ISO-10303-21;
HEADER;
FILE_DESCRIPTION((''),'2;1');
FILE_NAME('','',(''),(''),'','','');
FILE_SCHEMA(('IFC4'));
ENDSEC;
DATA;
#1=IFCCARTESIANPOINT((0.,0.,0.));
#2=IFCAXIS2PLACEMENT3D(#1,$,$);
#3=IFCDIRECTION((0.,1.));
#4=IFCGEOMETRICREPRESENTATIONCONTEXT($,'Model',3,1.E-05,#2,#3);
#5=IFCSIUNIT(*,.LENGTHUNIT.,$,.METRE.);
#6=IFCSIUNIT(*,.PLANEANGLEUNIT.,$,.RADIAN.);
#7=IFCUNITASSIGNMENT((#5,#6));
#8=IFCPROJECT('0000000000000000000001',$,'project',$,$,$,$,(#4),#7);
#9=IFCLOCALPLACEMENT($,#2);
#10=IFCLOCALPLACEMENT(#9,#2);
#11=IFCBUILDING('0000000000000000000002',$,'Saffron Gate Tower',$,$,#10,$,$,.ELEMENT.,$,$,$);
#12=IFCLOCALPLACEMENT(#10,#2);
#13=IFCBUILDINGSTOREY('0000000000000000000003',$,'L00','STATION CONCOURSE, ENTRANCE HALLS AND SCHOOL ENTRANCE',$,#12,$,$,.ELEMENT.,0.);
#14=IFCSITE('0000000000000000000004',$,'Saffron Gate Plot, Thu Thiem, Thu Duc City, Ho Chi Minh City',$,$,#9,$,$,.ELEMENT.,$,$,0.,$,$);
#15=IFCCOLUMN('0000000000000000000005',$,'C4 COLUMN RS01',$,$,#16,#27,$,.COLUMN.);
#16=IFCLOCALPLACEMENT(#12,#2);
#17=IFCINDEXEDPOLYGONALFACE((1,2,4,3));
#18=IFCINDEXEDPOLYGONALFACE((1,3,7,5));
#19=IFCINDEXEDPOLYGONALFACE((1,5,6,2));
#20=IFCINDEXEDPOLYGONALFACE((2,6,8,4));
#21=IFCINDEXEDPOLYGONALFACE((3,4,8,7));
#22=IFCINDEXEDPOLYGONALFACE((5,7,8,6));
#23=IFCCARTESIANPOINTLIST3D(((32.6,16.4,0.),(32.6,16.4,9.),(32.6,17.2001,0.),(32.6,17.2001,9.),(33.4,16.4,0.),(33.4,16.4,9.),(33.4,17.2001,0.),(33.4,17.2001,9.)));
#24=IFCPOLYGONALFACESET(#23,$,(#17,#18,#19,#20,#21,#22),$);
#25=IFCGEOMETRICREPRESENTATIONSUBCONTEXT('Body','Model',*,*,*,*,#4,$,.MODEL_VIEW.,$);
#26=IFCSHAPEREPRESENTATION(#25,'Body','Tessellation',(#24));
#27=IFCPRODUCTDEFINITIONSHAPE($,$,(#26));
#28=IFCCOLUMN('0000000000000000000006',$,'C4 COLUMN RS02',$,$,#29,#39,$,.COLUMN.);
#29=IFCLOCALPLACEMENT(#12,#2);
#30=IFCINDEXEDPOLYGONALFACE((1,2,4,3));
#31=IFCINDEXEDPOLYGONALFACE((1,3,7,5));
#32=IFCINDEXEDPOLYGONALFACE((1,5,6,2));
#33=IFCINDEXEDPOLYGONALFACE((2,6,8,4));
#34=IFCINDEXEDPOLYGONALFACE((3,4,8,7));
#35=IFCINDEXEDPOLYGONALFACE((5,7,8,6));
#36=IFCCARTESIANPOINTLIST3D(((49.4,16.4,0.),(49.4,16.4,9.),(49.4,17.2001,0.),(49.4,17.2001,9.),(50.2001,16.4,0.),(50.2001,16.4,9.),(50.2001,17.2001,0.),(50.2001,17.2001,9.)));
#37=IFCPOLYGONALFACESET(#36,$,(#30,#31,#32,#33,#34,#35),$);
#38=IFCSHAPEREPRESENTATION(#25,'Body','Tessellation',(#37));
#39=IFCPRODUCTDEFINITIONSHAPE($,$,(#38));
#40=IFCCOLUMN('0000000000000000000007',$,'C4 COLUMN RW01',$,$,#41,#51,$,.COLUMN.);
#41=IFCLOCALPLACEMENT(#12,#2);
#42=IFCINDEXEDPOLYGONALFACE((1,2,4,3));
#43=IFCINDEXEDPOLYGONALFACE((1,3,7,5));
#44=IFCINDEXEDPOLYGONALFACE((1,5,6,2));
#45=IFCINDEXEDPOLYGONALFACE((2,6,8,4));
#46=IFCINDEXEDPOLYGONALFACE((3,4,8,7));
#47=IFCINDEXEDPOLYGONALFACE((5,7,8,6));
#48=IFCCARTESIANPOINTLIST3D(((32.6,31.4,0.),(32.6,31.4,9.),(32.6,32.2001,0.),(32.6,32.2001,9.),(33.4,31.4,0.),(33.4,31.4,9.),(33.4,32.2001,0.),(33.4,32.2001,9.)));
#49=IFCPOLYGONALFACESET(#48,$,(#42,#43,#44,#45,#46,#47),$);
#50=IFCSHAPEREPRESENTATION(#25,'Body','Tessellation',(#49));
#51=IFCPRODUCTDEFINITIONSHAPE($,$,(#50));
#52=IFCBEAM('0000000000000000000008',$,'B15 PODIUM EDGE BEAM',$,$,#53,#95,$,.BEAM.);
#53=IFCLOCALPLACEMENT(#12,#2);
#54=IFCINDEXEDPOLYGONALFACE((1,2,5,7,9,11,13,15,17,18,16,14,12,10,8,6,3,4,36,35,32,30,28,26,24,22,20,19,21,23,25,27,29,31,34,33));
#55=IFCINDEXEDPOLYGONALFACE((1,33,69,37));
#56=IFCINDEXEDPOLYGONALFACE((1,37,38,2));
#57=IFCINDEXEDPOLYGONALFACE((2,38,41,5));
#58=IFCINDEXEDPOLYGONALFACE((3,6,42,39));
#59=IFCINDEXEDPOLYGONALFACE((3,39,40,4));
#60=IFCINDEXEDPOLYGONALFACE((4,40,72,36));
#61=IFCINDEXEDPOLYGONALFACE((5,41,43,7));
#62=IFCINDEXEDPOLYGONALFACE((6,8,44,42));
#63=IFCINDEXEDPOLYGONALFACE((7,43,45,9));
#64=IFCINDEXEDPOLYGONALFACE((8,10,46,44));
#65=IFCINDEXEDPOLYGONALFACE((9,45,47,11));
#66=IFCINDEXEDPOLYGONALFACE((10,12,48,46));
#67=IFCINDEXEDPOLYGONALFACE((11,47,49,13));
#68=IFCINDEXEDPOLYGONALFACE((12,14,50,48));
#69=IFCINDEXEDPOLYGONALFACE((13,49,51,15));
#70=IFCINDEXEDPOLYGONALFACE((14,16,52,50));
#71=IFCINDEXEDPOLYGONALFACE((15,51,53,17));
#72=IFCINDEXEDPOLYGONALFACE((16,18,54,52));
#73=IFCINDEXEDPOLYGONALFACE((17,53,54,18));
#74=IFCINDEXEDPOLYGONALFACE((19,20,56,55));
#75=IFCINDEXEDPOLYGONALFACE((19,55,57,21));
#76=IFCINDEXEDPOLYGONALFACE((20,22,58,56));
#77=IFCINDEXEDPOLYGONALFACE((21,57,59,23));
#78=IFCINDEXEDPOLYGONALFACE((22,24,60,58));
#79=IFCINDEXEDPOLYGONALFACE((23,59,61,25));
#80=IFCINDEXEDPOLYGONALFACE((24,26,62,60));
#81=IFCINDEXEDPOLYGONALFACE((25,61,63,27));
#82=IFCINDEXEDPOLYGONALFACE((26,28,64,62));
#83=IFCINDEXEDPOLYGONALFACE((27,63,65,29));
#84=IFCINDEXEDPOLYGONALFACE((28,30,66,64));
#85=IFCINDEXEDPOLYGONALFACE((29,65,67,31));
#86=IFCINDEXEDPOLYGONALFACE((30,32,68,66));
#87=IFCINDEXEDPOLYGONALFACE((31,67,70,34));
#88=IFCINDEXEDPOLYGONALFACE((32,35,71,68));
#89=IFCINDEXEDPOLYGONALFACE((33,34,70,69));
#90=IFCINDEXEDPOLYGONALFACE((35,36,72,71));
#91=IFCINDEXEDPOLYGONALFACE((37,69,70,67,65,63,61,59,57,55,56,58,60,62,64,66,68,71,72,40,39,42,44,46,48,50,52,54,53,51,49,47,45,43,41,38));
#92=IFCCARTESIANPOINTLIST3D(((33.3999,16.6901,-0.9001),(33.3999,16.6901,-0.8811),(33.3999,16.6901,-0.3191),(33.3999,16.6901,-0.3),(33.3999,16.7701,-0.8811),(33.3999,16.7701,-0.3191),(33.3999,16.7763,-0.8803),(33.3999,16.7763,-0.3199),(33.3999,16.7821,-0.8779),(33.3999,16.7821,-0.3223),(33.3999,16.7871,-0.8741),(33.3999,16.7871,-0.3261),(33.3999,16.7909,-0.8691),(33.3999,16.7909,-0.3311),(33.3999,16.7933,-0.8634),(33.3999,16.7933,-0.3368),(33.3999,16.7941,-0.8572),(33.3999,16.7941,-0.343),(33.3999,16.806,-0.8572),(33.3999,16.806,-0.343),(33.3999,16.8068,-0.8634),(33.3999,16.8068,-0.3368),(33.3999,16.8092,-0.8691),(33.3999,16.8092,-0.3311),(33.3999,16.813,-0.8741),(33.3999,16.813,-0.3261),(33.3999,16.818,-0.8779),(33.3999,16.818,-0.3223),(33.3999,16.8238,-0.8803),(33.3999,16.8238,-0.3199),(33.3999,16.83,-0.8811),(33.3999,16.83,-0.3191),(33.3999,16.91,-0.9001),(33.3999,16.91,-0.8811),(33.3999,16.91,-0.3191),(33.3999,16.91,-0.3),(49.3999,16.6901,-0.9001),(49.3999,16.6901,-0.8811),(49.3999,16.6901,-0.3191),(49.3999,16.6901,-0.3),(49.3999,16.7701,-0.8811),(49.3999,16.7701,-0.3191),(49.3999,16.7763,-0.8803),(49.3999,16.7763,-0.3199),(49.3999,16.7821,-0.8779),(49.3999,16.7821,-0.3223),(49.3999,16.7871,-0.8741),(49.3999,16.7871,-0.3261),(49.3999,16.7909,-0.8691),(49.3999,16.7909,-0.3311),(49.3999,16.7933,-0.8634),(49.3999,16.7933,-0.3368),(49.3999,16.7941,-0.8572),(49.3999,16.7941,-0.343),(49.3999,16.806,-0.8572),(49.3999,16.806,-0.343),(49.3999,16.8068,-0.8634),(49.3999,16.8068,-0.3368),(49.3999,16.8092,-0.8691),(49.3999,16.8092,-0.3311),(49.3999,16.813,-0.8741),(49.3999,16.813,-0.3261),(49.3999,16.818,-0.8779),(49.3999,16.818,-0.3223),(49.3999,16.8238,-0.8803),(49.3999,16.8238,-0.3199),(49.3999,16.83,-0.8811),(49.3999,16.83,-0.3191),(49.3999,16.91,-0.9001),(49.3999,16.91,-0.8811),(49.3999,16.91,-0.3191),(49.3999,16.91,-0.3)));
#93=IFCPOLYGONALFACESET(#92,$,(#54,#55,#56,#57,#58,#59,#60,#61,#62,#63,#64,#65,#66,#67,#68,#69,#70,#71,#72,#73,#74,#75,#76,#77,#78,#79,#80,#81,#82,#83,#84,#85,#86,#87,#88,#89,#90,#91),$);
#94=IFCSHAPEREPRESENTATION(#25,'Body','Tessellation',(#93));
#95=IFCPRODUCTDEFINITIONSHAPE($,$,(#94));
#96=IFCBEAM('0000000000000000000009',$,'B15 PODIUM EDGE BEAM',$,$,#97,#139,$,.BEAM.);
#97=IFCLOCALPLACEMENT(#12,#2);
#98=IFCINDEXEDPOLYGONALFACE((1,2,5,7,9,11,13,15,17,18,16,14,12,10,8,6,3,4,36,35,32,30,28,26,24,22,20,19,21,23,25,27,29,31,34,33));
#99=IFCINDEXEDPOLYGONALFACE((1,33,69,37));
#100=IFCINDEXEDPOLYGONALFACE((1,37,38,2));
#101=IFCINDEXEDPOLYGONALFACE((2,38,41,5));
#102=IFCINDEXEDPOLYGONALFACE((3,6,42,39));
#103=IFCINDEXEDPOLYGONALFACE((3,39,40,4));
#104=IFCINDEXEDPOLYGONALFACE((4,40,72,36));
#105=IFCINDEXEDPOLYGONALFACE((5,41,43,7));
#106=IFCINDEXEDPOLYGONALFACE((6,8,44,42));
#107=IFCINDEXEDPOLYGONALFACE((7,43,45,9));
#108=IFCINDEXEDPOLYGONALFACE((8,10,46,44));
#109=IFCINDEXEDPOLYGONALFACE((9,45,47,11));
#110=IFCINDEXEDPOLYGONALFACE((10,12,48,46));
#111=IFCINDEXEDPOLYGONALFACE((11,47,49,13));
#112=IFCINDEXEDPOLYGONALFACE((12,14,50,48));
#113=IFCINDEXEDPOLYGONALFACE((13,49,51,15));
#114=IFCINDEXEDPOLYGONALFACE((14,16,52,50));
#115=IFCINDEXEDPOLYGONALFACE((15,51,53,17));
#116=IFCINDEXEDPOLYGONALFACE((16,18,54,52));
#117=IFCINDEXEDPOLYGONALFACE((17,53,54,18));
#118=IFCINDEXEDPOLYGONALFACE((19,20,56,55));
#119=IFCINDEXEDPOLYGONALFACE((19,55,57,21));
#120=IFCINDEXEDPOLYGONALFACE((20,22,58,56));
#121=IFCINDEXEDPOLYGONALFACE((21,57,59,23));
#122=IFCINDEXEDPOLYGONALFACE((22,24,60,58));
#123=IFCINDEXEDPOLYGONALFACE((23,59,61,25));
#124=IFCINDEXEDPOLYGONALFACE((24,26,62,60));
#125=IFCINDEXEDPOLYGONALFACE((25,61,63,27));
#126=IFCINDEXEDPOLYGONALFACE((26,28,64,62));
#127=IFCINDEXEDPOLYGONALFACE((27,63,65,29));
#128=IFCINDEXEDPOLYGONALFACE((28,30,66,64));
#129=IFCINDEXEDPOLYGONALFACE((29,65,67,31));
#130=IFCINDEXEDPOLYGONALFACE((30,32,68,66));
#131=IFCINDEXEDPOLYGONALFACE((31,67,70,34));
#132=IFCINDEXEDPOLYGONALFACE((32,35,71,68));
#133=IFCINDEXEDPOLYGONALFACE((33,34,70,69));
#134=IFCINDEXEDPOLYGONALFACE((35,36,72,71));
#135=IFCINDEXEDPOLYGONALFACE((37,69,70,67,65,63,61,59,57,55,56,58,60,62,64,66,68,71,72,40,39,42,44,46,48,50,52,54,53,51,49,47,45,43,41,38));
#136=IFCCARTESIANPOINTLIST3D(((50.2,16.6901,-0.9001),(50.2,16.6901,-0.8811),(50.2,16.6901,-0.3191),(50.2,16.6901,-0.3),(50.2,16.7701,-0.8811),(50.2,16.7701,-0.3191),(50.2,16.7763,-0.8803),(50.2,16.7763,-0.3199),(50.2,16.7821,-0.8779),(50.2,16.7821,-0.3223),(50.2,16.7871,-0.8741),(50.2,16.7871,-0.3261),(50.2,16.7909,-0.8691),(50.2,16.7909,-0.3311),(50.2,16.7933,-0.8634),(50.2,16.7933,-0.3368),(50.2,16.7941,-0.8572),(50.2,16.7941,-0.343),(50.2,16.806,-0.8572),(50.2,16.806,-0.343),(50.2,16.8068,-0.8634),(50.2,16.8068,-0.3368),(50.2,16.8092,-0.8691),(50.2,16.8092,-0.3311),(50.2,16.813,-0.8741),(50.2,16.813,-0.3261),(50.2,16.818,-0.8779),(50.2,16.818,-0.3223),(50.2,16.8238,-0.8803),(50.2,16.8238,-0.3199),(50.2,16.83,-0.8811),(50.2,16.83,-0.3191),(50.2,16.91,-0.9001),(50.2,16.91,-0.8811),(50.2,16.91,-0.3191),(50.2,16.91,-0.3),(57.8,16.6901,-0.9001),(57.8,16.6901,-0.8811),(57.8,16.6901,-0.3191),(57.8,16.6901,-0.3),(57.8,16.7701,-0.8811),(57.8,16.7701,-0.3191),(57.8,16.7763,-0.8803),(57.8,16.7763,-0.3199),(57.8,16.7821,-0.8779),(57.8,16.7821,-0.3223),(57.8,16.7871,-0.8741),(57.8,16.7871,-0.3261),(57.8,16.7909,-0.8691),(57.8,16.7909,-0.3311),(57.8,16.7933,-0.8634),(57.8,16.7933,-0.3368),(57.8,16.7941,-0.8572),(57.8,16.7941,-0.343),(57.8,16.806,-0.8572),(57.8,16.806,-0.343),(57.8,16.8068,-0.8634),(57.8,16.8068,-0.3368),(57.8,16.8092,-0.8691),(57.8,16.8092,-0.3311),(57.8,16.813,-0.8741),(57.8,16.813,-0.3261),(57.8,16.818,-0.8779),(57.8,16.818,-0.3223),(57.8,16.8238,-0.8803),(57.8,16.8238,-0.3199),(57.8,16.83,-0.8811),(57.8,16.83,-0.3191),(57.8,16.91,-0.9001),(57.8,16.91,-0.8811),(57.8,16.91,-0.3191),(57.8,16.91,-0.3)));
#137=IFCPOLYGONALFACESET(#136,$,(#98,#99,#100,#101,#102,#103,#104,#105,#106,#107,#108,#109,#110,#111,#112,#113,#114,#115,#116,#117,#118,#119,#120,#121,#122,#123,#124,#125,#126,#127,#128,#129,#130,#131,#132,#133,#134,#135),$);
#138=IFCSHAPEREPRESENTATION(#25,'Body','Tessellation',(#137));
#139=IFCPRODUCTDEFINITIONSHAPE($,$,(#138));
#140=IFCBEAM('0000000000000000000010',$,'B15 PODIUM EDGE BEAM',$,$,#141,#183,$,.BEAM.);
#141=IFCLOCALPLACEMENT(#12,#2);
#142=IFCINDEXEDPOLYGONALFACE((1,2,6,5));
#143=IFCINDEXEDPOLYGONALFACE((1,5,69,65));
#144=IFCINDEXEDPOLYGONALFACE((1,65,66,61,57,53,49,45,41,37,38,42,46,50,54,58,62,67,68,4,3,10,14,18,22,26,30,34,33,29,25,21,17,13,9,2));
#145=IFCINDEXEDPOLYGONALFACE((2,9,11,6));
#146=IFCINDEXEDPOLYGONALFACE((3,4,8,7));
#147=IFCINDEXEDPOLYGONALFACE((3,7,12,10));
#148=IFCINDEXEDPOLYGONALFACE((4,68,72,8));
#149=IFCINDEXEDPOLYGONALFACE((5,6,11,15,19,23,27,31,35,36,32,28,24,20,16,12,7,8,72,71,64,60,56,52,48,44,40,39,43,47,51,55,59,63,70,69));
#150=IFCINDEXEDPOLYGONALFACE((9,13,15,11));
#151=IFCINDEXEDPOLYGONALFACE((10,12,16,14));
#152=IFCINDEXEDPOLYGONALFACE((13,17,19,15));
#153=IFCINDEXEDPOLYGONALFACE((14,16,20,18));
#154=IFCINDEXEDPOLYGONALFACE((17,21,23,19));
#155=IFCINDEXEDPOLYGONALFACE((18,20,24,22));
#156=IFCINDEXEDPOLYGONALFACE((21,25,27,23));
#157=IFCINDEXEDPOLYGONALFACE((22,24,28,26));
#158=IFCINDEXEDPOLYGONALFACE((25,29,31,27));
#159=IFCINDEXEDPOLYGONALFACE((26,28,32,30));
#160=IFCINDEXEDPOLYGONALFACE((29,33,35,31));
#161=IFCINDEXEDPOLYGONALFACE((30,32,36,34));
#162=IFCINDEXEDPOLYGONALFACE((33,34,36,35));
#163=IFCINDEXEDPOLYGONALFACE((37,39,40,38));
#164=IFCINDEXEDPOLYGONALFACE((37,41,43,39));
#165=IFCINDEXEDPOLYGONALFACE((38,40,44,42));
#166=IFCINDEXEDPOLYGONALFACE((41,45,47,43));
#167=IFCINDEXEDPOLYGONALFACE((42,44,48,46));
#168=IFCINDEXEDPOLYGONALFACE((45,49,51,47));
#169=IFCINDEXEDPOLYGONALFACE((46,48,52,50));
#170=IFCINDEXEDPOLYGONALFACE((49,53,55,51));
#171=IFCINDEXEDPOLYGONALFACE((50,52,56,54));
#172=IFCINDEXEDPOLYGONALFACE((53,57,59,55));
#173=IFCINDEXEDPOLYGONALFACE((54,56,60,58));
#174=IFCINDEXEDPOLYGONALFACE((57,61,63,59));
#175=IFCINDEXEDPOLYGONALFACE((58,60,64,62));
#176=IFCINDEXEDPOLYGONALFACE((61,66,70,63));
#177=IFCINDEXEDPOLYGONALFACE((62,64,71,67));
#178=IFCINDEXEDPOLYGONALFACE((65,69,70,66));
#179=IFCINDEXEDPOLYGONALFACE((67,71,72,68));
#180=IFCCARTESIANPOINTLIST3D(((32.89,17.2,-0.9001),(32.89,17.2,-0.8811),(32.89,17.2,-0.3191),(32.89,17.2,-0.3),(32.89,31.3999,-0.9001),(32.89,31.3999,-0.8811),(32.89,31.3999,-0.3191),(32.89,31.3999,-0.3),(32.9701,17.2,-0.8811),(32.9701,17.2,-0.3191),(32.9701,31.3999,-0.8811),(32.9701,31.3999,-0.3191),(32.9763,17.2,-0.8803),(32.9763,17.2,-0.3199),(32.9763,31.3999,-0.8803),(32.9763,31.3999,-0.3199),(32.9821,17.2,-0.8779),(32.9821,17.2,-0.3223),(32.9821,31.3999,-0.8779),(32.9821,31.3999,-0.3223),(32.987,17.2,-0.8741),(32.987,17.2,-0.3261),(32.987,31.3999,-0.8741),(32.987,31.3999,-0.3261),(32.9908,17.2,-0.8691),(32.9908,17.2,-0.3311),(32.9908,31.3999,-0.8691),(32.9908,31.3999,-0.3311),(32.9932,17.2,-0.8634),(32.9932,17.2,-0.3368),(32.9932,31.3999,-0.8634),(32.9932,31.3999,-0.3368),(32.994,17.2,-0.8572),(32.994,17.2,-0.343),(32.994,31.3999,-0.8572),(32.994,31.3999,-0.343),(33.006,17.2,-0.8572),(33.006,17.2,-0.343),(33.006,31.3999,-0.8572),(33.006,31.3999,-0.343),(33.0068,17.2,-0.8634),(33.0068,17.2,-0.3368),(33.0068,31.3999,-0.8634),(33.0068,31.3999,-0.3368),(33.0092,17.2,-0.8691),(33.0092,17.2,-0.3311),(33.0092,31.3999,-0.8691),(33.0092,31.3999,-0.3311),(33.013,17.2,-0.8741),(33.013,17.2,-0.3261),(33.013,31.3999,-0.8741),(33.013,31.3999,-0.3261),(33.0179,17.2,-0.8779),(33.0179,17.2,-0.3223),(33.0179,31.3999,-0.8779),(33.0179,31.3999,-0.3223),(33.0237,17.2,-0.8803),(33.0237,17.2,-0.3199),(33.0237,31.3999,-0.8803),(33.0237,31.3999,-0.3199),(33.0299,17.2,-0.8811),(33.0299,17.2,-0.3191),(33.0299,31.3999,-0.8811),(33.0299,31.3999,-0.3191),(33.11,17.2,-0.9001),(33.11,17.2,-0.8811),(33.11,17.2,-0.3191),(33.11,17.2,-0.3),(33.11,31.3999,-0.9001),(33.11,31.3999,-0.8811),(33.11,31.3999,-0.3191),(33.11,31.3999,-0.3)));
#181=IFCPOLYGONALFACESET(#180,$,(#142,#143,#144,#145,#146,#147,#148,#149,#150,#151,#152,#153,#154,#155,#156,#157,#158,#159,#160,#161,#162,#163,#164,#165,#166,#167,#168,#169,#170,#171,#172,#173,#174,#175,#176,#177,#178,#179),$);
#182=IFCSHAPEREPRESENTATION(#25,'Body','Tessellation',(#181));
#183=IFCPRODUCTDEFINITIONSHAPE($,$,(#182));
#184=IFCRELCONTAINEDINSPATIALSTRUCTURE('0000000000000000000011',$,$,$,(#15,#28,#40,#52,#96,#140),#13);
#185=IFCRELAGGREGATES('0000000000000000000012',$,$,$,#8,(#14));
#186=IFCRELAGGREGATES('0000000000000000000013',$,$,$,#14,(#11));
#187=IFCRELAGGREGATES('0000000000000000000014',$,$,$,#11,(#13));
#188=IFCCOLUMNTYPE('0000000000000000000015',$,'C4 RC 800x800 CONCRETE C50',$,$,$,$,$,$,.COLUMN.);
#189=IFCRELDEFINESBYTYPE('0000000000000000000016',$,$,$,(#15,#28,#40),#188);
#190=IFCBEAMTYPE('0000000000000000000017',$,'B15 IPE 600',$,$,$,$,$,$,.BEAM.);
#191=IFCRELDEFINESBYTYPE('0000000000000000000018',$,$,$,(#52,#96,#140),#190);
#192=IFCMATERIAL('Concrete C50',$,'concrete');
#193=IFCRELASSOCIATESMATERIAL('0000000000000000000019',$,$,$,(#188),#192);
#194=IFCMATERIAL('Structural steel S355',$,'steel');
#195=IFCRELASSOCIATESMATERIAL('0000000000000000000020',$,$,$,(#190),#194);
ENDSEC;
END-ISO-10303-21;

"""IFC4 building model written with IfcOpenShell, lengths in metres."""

from ifc_helpers import new_model, si_unit, direction, frame, origin, origin_2d, place, context, subcontext, project, spatial, rectangle, i_section, extrude, material, material_profile, profile_set, type_object, element, save


model = new_model("IFC4")

# Units and contexts
model_context = context("Model", 3, precision=1e-05, world=origin(), true_north=direction((0.0, 1.0)))
body_context = subcontext(model_context, "Body", "Model", "MODEL_VIEW")
ifc_project = project(units=[si_unit("LENGTHUNIT", "METRE"), si_unit("PLANEANGLEUNIT", "RADIAN")], contexts=[model_context])

# Site, building, storey
site_placement = place(None, origin())
site = spatial("IfcSite", under=ifc_project, at=site_placement, Name="Saffron Gate Plot, Thu Thiem, Thu Duc City, Ho Chi Minh City", CompositionType="ELEMENT", RefElevation=0.0)
building_placement = place(site_placement, origin())
building = spatial("IfcBuilding", under=site, at=building_placement, Name="Saffron Gate Tower", CompositionType="ELEMENT")
storey_placement = place(building_placement, origin())
storey = spatial("IfcBuildingStorey", under=building, at=storey_placement, Name="L00", Description="STATION CONCOURSE, ENTRANCE HALLS AND SCHOOL ENTRANCE", CompositionType="ELEMENT", Elevation=0.0)

# Columns
ifc_material_1 = material(Name="Concrete C50", Category="concrete")
ifc_material_profile_1 = material_profile(ifc_material_1, rectangle(XDim=0.8, YDim=0.8, at=origin_2d()))
ifc_profile_set_1 = profile_set([ifc_material_profile_1], Name="Concrete C50")
column_type = type_object("IfcColumnType", Name="C4 RC 800x800 CONCRETE C50", PredefinedType="COLUMN", material=ifc_profile_set_1)
for number, where, z_axis, x_axis, name in (
    (1, (33.0, 16.8, 0.0), (0.0, 0.0, 1.0), (1.0, 0.0, 0.0), "C4 COLUMN RS01"),
    (2, (49.8, 16.8, 0.0), (0.0, 0.0, 1.0), (1.0, 0.0, 0.0), "C4 COLUMN RS02"),
    (3, (33.0, 31.8, 0.0), (0.0, 0.0, 1.0), (1.0, 0.0, 0.0), "C4 COLUMN RW01"),
):
    element("IfcColumn", number, at=place(storey_placement, frame(where, z_axis=z_axis, x_axis=x_axis)), inside=storey, type_object=column_type, Name=name, PredefinedType="COLUMN", context=body_context, shape_type="SweptSolid", body=[
        extrude(rectangle(XDim=0.8, YDim=0.8, at=origin_2d()), origin(), (0.0, 0.0, 1.0), 9.0),
    ])

# Beams
ifc_material_2 = material(Name="Structural steel S355", Category="steel")
ifc_material_profile_2 = material_profile(ifc_material_2, i_section(OverallWidth=0.22, OverallDepth=0.6001, WebThickness=0.012, FlangeThickness=0.019, FilletRadius=0.0239, at=origin_2d()))
ifc_profile_set_2 = profile_set([ifc_material_profile_2], Name="Structural steel S355")
beam_type_1 = type_object("IfcBeamType", Name="B15 IPE 600", PredefinedType="BEAM", material=ifc_profile_set_2)
beam_1_placement = place(storey_placement, frame((33.3999, 16.8, -0.6001), z_axis=(1.0, 0.0, 0.0), x_axis=(0.0, 1.0, 0.0)))
element("IfcBeam", 4, at=beam_1_placement, inside=storey, type_object=beam_type_1, Name="B15 PODIUM EDGE BEAM", PredefinedType="BEAM", context=body_context, shape_type="SweptSolid", body=[
    extrude(i_section(OverallWidth=0.22, OverallDepth=0.6001, WebThickness=0.012, FlangeThickness=0.019, FilletRadius=0.0239, at=origin_2d()), origin(), (0.0, 0.0, 1.0), 16.0),
])
beam_2_placement = place(storey_placement, frame((50.2, 16.8, -0.6001), z_axis=(1.0, 0.0, 0.0), x_axis=(0.0, 1.0, 0.0)))
element("IfcBeam", 5, at=beam_2_placement, inside=storey, type_object=beam_type_1, Name="B15 PODIUM EDGE BEAM", PredefinedType="BEAM", context=body_context, shape_type="SweptSolid", body=[
    extrude(i_section(OverallWidth=0.22, OverallDepth=0.6001, WebThickness=0.012, FlangeThickness=0.019, FilletRadius=0.0239, at=origin_2d()), origin(), (0.0, 0.0, 1.0), 7.6001),
])
beam_3_placement = place(storey_placement, frame((33.0, 17.2, -0.6001), z_axis=(0.0, 1.0, 0.0), x_axis=(-1.0, 0.0, 0.0)))
element("IfcBeam", 6, at=beam_3_placement, inside=storey, type_object=beam_type_1, Name="B15 PODIUM EDGE BEAM", PredefinedType="BEAM", context=body_context, shape_type="SweptSolid", body=[
    extrude(i_section(OverallWidth=0.22, OverallDepth=0.6001, WebThickness=0.012, FlangeThickness=0.019, FilletRadius=0.0239, at=origin_2d()), origin(), (0.0, 0.0, 1.0), 14.2),
])

save(model, "model.ifc")
